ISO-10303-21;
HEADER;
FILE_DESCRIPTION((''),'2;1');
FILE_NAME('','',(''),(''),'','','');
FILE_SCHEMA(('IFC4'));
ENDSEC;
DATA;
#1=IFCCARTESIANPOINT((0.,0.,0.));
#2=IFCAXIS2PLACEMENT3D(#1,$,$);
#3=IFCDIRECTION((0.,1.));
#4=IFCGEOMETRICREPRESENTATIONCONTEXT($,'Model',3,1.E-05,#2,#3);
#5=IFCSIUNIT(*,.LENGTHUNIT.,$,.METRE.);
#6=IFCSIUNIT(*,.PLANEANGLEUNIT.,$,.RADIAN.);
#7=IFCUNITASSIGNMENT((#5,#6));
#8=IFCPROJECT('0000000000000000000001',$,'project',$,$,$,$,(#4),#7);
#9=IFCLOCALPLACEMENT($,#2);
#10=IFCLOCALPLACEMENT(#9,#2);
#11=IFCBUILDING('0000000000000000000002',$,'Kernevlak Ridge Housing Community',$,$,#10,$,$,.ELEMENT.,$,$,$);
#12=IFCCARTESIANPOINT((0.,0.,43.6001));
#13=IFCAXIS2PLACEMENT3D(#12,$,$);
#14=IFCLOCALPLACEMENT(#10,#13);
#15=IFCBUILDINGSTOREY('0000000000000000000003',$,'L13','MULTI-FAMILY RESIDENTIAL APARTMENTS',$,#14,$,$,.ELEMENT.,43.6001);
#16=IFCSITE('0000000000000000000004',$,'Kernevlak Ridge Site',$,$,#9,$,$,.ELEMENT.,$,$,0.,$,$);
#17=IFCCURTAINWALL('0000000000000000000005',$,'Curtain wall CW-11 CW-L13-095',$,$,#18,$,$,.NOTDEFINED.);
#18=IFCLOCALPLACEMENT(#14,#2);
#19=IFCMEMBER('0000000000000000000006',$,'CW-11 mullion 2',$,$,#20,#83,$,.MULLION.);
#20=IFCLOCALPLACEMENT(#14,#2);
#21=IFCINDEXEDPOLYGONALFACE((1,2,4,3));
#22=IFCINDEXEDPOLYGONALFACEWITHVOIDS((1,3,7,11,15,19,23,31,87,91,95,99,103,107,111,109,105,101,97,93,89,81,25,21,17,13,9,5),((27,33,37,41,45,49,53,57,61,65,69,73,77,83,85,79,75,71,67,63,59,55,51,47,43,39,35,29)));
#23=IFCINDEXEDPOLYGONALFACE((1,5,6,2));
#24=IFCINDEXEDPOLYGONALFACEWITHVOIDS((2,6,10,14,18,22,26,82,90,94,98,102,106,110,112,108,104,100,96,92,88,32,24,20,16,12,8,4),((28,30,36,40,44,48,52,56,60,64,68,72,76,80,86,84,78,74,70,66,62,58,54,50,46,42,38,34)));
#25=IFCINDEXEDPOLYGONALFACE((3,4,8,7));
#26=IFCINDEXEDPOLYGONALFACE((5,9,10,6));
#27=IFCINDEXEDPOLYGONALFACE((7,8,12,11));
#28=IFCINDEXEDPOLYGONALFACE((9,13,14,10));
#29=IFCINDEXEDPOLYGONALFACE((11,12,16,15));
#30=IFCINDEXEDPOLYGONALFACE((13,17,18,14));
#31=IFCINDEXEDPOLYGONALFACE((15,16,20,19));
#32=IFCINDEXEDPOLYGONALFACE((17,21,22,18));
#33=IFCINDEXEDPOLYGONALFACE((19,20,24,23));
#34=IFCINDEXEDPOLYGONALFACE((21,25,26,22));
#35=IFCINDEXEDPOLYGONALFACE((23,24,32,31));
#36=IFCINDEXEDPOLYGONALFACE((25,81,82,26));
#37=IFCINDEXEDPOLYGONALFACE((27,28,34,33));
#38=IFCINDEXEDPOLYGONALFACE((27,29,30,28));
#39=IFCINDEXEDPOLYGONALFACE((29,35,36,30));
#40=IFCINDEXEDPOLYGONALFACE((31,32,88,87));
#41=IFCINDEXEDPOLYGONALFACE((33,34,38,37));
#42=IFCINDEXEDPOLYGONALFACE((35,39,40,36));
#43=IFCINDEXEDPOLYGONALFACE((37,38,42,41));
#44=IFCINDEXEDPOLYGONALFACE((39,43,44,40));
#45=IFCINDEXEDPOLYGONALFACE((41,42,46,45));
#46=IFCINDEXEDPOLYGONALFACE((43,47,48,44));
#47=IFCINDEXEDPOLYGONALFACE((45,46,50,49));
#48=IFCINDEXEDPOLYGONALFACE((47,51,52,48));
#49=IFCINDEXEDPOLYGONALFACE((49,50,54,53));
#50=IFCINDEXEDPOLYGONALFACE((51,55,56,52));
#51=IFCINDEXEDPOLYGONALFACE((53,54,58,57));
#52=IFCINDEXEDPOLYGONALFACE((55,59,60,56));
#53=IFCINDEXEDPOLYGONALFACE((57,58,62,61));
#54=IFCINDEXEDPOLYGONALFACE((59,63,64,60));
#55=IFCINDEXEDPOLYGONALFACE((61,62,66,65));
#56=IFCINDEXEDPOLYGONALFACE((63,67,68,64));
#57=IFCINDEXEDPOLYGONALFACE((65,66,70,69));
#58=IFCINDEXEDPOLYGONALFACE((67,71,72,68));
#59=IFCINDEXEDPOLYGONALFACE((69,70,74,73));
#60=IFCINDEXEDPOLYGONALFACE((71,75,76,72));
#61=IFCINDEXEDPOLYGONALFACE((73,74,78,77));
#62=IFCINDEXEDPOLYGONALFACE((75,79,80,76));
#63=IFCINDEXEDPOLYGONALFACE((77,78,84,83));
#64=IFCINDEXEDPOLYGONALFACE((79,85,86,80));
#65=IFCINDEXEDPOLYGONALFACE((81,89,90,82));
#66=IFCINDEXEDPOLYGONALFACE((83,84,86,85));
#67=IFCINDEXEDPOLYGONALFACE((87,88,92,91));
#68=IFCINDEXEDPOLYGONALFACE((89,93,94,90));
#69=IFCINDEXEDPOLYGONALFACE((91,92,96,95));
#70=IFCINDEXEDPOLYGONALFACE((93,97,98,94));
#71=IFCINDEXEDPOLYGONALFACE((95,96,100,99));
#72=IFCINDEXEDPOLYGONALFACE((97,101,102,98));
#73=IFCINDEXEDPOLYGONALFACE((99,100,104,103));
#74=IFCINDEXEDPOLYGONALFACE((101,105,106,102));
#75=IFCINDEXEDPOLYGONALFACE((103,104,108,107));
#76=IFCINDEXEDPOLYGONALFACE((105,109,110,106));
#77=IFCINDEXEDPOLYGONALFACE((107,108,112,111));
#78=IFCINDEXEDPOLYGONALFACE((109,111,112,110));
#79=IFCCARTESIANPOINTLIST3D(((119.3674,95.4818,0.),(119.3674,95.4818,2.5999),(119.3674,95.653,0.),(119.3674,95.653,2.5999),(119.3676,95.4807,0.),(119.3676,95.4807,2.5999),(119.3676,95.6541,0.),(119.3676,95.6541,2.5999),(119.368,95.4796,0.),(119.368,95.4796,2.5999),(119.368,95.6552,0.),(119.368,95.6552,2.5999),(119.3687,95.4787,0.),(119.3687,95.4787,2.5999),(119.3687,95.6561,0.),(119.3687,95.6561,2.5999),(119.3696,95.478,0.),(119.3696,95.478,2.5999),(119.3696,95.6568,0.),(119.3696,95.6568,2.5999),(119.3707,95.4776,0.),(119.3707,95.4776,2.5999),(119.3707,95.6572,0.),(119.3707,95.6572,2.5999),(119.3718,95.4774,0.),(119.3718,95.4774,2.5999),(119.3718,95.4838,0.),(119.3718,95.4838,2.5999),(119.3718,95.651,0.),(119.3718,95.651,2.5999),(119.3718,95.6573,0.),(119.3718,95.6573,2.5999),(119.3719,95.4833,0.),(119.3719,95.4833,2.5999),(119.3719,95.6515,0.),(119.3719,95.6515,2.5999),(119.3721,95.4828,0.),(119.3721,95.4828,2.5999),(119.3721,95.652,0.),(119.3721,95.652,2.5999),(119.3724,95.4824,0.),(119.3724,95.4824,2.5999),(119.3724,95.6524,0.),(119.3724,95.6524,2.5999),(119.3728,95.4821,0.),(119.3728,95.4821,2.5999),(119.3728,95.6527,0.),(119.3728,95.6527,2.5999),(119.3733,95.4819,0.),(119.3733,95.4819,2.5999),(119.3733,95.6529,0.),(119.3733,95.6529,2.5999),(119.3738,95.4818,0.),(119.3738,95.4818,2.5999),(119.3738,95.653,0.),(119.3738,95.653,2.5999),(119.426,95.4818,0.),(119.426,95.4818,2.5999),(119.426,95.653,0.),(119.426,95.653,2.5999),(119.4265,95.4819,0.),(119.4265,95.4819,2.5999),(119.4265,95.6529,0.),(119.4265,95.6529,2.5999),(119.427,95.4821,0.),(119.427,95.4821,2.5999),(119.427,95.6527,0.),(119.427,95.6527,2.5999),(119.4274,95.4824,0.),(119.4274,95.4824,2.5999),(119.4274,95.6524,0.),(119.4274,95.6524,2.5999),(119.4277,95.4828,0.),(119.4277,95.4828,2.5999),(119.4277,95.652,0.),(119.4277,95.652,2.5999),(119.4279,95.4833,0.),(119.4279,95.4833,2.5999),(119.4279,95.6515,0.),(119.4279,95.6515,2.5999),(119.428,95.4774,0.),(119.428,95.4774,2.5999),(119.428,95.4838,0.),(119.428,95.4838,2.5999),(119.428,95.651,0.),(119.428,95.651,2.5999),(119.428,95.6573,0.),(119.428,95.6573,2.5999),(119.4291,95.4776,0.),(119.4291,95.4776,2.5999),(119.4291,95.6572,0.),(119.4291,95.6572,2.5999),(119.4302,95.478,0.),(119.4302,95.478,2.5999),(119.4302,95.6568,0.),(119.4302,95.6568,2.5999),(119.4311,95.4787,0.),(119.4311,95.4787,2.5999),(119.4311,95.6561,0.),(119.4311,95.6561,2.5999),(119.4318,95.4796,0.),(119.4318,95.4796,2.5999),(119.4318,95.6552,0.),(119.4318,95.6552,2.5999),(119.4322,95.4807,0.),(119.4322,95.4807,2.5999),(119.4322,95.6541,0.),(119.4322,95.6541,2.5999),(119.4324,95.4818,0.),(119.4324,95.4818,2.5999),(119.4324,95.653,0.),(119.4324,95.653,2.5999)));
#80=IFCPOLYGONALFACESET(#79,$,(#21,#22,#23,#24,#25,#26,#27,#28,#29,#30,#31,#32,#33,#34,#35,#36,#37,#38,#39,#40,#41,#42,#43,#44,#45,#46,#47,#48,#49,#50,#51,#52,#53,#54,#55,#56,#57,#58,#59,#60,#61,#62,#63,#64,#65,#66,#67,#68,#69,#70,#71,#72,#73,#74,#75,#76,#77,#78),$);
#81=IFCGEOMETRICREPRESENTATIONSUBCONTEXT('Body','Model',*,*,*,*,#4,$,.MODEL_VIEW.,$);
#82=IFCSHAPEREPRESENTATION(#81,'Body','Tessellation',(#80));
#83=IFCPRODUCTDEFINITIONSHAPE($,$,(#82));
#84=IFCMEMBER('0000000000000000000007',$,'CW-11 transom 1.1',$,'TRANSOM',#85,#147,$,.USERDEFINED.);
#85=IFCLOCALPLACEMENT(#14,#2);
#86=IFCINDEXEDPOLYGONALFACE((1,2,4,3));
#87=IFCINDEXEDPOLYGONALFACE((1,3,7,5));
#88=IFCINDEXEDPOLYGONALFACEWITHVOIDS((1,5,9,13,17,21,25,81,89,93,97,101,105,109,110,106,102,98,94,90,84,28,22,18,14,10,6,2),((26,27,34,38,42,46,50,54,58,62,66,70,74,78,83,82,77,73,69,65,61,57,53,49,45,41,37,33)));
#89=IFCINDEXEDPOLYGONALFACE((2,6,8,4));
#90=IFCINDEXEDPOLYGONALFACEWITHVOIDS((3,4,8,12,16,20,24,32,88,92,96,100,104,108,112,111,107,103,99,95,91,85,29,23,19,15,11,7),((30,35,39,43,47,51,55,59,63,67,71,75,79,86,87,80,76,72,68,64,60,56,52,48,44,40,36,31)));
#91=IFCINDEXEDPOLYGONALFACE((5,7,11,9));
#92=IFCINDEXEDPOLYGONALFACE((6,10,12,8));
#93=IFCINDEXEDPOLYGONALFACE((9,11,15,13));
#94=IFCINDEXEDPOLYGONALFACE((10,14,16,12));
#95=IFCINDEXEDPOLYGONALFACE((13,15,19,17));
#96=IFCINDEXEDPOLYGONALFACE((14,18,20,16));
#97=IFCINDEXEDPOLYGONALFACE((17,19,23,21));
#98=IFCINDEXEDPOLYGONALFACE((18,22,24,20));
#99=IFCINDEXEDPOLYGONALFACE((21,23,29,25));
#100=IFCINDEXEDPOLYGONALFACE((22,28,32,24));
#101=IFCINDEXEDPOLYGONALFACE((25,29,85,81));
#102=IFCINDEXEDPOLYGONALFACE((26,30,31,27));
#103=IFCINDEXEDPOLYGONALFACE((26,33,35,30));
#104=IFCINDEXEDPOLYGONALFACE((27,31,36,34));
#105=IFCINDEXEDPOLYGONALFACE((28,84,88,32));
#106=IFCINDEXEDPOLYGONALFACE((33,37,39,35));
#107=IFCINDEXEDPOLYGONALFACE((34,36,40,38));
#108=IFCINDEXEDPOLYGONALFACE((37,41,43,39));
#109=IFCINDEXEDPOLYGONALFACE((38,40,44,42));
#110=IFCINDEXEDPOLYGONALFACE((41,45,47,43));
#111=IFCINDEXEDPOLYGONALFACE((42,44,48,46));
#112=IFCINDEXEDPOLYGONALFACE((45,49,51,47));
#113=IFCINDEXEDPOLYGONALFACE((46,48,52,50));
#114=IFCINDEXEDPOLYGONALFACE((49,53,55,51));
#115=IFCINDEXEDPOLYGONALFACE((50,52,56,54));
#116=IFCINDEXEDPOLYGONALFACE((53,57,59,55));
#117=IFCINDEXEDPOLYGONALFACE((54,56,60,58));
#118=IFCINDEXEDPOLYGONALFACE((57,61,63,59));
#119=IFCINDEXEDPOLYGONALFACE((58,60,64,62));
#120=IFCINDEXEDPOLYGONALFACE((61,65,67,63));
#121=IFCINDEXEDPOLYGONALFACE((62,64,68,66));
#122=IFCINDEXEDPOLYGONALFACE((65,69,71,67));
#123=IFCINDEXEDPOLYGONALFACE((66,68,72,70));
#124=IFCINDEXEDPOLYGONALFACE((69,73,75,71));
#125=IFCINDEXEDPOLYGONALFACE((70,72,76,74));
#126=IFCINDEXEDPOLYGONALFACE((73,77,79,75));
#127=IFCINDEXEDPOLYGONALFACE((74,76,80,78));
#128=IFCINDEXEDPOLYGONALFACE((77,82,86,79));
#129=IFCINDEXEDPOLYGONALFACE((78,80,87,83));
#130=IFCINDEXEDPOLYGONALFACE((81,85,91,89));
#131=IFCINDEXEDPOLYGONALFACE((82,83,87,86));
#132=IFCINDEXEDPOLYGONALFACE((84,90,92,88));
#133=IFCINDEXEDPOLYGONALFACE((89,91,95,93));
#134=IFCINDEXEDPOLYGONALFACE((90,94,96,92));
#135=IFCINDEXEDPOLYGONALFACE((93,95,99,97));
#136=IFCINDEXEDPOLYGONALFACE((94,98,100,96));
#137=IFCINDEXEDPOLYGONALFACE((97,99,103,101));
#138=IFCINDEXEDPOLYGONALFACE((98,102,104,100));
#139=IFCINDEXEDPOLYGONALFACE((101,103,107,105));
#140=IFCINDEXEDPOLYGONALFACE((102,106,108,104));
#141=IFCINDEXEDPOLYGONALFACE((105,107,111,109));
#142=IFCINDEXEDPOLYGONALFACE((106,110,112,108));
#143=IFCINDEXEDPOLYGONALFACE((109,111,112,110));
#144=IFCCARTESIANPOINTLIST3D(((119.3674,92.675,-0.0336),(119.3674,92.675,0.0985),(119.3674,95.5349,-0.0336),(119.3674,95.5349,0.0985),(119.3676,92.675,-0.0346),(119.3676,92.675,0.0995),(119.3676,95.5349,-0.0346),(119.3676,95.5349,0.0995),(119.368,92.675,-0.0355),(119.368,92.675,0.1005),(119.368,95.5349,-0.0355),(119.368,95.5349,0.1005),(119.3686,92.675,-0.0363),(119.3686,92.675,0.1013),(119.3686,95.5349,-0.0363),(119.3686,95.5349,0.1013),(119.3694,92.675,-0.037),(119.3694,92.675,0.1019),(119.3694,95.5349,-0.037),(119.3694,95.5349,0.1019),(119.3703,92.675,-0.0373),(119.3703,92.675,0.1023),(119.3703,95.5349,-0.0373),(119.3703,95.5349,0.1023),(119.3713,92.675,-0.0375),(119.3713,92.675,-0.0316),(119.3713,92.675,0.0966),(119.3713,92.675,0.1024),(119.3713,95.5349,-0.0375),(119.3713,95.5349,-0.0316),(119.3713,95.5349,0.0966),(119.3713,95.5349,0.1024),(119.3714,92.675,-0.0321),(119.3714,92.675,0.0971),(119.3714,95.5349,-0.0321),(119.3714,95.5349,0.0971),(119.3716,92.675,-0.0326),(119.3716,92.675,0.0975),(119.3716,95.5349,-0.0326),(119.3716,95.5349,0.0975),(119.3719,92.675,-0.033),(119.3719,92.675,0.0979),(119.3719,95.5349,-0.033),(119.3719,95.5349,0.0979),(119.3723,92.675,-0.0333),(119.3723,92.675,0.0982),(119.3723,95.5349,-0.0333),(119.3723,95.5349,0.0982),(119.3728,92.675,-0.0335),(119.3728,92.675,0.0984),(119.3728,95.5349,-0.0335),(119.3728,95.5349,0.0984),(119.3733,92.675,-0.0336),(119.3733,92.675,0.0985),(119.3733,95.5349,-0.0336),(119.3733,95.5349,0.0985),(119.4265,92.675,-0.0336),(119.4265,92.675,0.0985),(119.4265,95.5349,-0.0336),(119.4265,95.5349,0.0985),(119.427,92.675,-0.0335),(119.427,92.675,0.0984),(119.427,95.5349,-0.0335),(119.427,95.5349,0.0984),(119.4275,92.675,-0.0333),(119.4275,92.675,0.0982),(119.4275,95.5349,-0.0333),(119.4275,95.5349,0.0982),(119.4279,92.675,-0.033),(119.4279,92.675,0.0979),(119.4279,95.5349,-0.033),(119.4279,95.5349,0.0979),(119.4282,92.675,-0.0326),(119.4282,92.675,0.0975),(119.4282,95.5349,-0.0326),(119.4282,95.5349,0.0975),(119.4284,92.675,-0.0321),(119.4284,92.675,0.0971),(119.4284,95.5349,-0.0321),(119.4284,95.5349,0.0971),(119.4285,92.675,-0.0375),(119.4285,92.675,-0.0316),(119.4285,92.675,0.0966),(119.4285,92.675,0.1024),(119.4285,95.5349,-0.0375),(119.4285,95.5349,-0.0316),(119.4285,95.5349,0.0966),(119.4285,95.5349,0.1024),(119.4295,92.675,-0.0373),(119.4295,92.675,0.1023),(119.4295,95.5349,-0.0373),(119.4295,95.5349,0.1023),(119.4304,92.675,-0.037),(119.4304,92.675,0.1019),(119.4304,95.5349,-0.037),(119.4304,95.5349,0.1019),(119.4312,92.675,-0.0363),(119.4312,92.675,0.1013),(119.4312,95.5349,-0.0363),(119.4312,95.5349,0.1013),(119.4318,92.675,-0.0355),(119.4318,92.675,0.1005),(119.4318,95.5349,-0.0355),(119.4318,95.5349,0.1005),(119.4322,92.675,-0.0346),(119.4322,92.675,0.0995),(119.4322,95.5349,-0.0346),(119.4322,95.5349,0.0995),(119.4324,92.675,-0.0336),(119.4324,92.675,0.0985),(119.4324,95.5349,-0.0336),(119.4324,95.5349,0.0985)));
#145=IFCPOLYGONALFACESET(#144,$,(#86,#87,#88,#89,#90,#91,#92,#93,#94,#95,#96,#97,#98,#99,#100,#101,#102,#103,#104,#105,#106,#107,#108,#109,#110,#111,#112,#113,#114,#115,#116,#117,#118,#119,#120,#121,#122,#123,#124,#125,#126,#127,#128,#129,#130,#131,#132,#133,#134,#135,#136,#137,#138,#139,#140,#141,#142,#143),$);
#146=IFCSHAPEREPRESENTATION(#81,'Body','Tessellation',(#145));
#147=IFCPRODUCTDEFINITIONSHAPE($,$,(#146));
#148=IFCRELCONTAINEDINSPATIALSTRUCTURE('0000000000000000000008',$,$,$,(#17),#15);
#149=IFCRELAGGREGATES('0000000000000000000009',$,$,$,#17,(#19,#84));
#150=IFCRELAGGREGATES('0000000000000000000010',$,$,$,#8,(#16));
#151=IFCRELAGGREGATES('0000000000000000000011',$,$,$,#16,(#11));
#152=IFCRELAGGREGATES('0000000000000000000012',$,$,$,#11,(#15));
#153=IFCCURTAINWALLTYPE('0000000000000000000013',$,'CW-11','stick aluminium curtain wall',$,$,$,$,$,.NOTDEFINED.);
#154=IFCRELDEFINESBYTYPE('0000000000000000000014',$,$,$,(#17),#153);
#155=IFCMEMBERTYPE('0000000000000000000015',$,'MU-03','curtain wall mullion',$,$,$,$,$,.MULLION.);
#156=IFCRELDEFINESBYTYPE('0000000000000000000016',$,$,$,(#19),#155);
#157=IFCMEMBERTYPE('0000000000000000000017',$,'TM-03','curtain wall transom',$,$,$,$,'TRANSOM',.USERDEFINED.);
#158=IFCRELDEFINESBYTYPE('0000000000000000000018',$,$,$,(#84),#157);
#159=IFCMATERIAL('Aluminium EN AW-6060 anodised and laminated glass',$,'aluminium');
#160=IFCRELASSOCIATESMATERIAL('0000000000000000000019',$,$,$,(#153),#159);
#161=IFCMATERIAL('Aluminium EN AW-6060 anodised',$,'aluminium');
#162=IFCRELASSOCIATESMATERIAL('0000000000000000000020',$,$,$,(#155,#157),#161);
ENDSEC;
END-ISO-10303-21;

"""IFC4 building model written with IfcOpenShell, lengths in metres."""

from ifc_helpers import new_model, si_unit, direction, frame, origin, origin_2d, place, context, subcontext, project, spatial, hollow_rectangle, extrude, material, material_profile, profile_set, type_object, element, aggregate, save


model = new_model("IFC4")

# Units and contexts
model_context = context("Model", 3, precision=1e-05, world=origin(), true_north=direction((0.0, 1.0)))
body_context = subcontext(model_context, "Body", "Model", "MODEL_VIEW")
ifc_project = project(units=[si_unit("LENGTHUNIT", "METRE"), si_unit("PLANEANGLEUNIT", "RADIAN")], contexts=[model_context])

# Site, building, storey
site_placement = place(None, origin())
site = spatial("IfcSite", under=ifc_project, at=site_placement, Name="Kernevlak Ridge Site", CompositionType="ELEMENT", RefElevation=0.0)
building_placement = place(site_placement, origin())
building = spatial("IfcBuilding", under=site, at=building_placement, Name="Kernevlak Ridge Housing Community", CompositionType="ELEMENT")
storey_placement = place(building_placement, frame((0.0, 0.0, 43.6001)))
storey = spatial("IfcBuildingStorey", under=building, at=storey_placement, Name="L13", Description="MULTI-FAMILY RESIDENTIAL APARTMENTS", CompositionType="ELEMENT", Elevation=43.6001)

# Shared definitions
ifc_material_1 = material(Name="Aluminium EN AW-6060 anodised and laminated glass", Category="aluminium")
ifc_material_2 = material(Name="Aluminium EN AW-6060 anodised", Category="aluminium")

# Curtain wall, members
curtain_wall_type_1 = type_object("IfcCurtainWallType", Name="CW-11", Description="stick aluminium curtain wall", PredefinedType="NOTDEFINED", material=ifc_material_1)
curtain_wall_1_placement = place(storey_placement, origin())
curtain_wall_1 = element("IfcCurtainWall", 1, at=curtain_wall_1_placement, inside=storey, type_object=curtain_wall_type_1, Name="Curtain wall CW-11 CW-L13-095", PredefinedType="NOTDEFINED")
ifc_material_profile_1 = material_profile(ifc_material_2, hollow_rectangle(XDim=0.0649, YDim=0.1799, WallThickness=0.0044, InnerFilletRadius=0.002, OuterFilletRadius=0.0044, at=origin_2d()), Name="ALU 65x180x4.5")
ifc_profile_set_1 = profile_set([ifc_material_profile_1], Name="Aluminium EN AW-6060 anodised")
member_type_1 = type_object("IfcMemberType", Name="MU-03", Description="curtain wall mullion", PredefinedType="MULLION", material=ifc_profile_set_1)
member_1_placement = place(storey_placement, frame((119.3999, 95.5674, 0.0), z_axis=(0.0, 0.0, 1.0), x_axis=(-1.0, 0.0, 0.0)))
member_1 = element("IfcMember", 2, at=member_1_placement, type_object=member_type_1, Name="CW-11 mullion 2", PredefinedType="MULLION", context=body_context, shape_type="SweptSolid", body=[
    extrude(hollow_rectangle(XDim=0.0649, YDim=0.1799, WallThickness=0.0044, InnerFilletRadius=0.002, OuterFilletRadius=0.0044, at=origin_2d()), origin(), (0.0, 0.0, 1.0), 2.5999),
])
ifc_material_profile_2 = material_profile(ifc_material_2, hollow_rectangle(XDim=0.0649, YDim=0.1399, WallThickness=0.0039, InnerFilletRadius=0.002, OuterFilletRadius=0.0039, at=origin_2d()), Name="ALU 65x140x4")
ifc_profile_set_2 = profile_set([ifc_material_profile_2], Name="Aluminium EN AW-6060 anodised")
member_type_2 = type_object("IfcMemberType", Name="TM-03", Description="curtain wall transom", ElementType="TRANSOM", PredefinedType="USERDEFINED", material=ifc_profile_set_2)
member_2_placement = place(storey_placement, frame((119.3999, 92.675, 0.0325), z_axis=(0.0, 1.0, 0.0), x_axis=(-1.0, 0.0, 0.0)))
member_2 = element("IfcMember", 3, at=member_2_placement, type_object=member_type_2, Name="CW-11 transom 1.1", ObjectType="TRANSOM", PredefinedType="USERDEFINED", context=body_context, shape_type="SweptSolid", body=[
    extrude(hollow_rectangle(XDim=0.0649, YDim=0.1399, WallThickness=0.0039, InnerFilletRadius=0.002, OuterFilletRadius=0.0039, at=origin_2d()), origin(), (0.0, 0.0, 1.0), 2.8599),
])

aggregate(curtain_wall_1, [member_1, member_2])

save(model, "model.ifc")
